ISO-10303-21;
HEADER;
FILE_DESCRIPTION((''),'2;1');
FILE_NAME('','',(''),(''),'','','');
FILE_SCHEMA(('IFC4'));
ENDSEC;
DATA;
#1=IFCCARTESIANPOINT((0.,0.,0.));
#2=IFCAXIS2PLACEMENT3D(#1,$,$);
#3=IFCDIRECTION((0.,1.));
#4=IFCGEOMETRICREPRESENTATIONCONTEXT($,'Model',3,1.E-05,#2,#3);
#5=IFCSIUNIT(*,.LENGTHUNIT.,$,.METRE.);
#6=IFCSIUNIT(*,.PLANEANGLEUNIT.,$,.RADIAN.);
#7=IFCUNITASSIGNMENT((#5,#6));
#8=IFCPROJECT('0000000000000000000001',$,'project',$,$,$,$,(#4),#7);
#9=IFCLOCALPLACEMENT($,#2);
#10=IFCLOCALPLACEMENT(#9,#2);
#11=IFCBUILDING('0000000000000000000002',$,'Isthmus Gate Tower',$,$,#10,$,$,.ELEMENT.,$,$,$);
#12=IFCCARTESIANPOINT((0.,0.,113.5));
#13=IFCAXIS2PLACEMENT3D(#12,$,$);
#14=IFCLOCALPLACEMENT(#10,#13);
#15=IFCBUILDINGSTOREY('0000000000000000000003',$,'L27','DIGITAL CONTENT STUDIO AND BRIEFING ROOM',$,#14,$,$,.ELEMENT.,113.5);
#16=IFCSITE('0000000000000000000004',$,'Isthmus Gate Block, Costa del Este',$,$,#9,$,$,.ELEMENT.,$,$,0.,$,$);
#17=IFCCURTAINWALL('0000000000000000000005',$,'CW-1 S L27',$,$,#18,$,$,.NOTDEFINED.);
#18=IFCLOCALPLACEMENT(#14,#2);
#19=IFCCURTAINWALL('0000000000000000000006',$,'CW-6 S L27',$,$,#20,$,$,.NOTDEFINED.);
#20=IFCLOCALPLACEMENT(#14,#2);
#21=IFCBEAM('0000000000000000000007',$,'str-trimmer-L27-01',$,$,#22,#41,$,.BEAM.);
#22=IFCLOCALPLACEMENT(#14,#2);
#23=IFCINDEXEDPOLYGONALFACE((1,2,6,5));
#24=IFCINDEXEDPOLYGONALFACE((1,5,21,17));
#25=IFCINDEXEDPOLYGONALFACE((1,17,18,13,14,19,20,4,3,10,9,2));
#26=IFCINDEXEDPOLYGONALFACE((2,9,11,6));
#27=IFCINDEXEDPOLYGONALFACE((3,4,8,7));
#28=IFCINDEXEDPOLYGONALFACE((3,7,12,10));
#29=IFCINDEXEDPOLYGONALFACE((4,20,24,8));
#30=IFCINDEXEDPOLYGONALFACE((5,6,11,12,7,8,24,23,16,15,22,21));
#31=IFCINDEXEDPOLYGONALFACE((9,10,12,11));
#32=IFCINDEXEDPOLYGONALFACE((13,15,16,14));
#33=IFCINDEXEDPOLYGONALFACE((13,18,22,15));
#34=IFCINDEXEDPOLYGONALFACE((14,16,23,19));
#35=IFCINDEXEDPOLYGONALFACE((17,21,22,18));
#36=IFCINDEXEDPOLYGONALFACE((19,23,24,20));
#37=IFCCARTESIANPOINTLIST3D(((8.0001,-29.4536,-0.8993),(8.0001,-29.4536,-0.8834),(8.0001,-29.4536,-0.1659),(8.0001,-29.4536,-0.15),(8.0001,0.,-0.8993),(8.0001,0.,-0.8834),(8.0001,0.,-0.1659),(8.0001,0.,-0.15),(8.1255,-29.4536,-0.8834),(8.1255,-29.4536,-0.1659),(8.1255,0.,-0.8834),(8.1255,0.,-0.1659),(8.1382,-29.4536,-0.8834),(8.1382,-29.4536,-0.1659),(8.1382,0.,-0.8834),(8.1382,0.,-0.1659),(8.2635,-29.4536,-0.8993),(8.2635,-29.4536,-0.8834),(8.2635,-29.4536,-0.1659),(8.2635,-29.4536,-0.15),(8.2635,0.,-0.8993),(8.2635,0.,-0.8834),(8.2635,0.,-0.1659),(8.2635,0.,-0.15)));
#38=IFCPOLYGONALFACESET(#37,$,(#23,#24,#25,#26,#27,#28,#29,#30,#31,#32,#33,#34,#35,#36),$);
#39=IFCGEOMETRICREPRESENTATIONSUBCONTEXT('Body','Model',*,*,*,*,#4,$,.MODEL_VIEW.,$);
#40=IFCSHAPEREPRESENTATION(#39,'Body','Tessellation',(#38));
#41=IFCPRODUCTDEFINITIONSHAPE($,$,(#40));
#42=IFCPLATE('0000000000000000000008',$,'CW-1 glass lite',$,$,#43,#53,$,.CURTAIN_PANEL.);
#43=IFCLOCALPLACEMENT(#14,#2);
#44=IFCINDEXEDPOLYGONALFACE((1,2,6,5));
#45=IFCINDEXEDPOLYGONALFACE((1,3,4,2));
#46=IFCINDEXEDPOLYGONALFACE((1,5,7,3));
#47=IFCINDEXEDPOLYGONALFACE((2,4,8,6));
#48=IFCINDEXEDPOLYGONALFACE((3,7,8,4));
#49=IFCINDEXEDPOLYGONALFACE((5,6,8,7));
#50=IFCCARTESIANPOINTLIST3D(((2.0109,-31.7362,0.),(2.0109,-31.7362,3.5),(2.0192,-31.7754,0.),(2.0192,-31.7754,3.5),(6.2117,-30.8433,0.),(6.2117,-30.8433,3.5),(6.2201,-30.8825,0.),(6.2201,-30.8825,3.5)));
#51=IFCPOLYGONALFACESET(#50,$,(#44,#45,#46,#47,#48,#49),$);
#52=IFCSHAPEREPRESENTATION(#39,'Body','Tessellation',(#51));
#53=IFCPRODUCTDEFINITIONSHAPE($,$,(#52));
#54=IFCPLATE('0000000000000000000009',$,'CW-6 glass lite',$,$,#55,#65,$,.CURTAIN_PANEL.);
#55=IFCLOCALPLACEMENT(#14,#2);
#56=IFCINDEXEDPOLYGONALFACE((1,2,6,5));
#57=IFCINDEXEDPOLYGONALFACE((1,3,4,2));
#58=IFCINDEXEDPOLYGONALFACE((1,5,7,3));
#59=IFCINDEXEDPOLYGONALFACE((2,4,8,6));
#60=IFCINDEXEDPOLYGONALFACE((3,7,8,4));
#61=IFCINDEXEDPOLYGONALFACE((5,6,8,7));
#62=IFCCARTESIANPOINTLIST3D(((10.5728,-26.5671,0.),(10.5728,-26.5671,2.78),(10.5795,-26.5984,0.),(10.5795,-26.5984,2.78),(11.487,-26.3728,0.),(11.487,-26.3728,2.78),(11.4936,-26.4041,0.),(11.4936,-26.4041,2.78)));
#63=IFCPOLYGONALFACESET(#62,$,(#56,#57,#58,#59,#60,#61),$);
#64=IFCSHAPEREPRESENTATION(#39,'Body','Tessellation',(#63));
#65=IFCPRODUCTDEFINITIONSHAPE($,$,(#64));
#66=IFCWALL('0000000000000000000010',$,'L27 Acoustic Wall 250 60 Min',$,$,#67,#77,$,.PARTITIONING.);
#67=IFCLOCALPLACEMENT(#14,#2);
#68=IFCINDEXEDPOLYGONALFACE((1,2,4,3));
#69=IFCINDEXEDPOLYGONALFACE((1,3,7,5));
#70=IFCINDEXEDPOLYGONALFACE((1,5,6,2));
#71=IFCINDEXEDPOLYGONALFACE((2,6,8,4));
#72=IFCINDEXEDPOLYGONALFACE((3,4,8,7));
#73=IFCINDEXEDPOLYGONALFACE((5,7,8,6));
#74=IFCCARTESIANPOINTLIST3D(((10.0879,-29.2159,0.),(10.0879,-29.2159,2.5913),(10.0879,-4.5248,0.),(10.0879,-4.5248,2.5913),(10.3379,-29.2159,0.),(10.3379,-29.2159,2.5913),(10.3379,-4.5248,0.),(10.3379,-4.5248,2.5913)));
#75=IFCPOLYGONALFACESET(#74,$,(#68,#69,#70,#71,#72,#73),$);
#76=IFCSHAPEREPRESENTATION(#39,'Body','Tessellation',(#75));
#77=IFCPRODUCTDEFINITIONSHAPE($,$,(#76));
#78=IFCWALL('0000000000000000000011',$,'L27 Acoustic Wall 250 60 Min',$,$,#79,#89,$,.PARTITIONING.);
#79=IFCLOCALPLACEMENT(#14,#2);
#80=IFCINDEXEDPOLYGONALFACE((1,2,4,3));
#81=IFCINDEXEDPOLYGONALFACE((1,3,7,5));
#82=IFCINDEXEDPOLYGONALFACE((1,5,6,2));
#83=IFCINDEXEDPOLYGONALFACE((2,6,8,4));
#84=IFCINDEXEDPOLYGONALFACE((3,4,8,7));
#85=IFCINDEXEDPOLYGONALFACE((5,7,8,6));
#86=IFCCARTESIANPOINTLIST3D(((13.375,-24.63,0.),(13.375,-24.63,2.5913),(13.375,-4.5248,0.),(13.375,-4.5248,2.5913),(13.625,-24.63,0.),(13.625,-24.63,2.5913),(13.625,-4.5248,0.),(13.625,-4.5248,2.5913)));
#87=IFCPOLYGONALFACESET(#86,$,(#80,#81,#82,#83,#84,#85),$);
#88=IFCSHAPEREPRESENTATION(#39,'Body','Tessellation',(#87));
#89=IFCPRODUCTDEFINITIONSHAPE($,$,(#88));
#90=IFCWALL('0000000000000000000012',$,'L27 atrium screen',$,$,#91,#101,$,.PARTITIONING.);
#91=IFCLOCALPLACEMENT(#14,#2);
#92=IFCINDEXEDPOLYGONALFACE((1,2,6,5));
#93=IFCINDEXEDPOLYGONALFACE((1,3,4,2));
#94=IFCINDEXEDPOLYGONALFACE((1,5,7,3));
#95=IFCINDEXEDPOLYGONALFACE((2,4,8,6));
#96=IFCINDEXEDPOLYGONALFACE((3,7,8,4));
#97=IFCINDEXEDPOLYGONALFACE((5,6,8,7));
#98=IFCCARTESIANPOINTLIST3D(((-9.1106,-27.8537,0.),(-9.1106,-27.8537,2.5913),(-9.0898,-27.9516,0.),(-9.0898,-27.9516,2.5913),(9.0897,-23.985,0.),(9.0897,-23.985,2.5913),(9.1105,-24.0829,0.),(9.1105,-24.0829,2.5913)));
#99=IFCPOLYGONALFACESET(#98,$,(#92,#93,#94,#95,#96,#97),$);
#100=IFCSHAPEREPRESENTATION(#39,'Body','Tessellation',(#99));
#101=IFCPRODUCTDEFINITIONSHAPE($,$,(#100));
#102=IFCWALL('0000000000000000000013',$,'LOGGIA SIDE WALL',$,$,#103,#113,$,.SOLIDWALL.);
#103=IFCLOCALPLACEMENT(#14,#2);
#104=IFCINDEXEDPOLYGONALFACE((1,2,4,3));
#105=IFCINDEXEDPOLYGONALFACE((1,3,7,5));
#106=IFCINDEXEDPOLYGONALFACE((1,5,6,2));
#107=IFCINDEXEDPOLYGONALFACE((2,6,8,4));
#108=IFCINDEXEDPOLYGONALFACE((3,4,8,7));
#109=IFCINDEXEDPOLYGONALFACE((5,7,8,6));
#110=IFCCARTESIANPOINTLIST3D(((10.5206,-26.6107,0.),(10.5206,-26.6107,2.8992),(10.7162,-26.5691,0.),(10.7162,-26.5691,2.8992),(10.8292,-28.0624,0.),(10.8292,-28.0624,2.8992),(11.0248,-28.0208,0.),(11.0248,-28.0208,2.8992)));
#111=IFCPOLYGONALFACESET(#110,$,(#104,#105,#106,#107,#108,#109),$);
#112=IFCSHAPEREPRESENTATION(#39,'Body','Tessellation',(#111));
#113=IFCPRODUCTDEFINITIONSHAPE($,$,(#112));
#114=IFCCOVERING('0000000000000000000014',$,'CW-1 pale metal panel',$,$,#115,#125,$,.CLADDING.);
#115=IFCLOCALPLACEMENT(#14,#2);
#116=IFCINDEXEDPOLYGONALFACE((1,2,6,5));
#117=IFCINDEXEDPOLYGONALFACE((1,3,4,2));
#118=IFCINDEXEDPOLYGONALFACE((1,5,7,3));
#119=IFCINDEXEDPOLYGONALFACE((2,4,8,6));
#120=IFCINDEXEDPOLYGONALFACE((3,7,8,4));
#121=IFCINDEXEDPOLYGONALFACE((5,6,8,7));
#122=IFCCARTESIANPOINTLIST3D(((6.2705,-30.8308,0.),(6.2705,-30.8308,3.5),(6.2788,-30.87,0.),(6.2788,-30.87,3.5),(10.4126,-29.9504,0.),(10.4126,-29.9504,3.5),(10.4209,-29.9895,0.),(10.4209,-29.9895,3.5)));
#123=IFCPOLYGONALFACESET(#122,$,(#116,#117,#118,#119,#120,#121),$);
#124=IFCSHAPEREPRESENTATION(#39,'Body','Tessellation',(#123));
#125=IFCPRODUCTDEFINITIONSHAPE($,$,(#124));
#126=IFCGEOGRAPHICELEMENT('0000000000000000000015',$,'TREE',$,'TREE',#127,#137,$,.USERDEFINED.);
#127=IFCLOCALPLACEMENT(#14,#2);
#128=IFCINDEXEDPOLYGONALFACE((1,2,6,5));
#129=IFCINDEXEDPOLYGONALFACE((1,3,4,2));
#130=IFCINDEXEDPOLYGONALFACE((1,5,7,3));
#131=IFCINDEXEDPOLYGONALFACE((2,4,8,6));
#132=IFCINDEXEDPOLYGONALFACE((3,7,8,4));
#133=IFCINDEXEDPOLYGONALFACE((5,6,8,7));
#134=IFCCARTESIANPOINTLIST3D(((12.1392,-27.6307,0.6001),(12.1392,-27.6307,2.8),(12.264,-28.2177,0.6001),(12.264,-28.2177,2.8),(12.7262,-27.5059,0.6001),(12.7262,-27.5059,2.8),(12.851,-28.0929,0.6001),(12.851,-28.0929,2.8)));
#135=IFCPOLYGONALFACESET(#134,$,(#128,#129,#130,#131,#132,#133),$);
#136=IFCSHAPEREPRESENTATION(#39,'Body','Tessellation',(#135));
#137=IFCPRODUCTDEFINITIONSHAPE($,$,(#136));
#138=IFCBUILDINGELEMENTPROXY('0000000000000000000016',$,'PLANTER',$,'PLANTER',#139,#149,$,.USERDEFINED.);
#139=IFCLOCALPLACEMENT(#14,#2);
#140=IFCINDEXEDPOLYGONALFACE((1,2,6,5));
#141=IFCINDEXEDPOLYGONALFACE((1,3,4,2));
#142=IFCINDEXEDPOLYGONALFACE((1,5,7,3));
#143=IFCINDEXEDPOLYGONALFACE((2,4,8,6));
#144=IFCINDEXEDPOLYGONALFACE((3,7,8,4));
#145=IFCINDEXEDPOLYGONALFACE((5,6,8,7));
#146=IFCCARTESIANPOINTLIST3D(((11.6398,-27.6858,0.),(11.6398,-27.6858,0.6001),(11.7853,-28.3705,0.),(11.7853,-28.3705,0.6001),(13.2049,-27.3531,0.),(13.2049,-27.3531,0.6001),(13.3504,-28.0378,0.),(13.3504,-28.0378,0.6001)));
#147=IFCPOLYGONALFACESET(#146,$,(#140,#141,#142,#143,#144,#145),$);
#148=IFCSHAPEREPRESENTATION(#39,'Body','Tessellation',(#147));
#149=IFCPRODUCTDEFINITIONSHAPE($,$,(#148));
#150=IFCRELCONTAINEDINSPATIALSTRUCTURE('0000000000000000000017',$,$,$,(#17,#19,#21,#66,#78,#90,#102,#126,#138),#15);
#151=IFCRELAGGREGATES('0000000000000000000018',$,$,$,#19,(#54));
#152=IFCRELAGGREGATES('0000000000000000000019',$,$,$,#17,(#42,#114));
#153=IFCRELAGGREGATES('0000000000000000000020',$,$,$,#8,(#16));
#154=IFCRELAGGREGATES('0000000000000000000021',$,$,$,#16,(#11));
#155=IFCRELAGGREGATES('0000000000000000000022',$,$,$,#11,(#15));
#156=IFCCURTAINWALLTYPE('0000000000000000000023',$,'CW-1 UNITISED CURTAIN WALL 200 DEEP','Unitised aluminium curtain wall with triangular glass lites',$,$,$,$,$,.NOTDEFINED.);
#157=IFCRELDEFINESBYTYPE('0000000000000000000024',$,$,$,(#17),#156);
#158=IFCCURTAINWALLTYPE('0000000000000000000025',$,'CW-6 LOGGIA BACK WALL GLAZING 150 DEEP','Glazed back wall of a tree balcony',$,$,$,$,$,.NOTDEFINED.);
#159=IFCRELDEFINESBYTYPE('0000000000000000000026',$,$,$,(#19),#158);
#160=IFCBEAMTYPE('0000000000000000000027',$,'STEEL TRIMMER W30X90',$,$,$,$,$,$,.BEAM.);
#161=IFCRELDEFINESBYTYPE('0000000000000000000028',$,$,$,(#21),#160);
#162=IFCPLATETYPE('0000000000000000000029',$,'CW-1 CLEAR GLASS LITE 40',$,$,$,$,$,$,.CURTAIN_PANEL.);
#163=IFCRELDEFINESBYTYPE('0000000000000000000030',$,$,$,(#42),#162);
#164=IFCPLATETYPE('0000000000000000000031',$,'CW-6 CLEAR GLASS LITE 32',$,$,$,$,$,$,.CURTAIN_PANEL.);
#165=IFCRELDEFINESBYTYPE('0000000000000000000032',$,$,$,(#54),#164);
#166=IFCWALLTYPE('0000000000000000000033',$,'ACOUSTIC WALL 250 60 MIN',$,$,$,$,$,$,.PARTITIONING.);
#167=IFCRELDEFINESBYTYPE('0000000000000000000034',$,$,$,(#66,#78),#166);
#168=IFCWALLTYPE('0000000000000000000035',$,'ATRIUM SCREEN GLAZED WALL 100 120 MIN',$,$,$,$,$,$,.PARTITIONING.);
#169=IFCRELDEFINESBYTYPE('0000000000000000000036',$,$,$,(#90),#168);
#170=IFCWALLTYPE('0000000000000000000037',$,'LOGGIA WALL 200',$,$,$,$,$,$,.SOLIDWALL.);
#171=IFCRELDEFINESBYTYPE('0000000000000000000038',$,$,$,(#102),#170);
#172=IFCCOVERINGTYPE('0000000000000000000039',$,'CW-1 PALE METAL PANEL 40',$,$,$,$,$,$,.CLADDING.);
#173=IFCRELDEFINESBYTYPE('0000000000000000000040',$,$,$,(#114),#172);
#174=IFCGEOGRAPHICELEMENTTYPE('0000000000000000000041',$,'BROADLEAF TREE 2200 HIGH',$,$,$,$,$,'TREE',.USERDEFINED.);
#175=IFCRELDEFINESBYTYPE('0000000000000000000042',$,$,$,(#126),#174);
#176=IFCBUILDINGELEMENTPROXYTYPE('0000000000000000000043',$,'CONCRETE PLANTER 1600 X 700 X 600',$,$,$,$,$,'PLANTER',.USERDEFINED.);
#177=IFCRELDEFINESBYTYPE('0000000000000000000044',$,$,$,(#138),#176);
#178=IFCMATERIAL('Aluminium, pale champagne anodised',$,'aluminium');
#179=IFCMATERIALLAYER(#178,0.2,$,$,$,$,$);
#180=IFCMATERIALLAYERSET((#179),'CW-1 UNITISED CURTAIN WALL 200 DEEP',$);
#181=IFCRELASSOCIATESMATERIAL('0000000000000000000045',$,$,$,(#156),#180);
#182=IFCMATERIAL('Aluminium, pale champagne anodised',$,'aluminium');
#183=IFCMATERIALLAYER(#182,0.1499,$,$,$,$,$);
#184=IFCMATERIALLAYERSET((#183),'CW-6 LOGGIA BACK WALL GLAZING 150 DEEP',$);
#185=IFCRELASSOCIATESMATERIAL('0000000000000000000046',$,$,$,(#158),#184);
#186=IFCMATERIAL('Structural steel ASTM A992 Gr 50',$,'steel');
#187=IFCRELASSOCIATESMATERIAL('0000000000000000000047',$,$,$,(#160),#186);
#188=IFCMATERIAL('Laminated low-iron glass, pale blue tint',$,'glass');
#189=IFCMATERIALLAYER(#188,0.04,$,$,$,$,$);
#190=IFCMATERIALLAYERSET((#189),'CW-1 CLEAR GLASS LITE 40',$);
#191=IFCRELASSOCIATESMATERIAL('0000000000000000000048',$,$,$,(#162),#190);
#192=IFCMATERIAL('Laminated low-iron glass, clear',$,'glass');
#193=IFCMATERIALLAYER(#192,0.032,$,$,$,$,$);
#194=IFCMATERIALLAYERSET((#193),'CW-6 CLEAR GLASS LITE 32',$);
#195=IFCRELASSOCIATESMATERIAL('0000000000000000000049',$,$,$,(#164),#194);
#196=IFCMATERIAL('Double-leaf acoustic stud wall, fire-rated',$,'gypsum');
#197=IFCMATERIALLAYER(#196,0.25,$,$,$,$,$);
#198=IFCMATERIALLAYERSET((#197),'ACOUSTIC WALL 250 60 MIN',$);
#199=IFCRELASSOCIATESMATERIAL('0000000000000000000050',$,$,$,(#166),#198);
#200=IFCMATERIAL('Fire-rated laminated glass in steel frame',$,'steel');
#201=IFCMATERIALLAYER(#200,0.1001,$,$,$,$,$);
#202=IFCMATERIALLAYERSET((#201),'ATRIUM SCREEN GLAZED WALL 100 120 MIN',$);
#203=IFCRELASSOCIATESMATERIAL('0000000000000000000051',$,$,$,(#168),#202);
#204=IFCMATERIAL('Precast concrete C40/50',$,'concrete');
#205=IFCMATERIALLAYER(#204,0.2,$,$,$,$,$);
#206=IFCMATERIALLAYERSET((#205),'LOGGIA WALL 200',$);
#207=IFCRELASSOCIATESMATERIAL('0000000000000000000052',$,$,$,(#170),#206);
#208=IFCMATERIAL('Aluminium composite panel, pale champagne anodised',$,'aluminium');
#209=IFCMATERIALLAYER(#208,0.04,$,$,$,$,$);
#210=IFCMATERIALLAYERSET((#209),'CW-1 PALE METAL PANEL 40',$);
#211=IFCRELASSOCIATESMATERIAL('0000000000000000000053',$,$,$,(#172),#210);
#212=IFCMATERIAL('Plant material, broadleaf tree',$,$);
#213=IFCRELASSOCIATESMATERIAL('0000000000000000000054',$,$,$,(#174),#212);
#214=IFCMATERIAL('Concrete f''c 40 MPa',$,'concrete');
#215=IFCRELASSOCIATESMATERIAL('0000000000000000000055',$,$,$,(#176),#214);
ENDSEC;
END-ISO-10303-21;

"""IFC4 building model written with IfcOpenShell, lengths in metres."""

from ifc_helpers import new_model, si_unit, direction, frame, frame_2d, origin, origin_2d, place, context, subcontext, project, spatial, rectangle, i_section, extrude, material, layer, layer_set, material_profile, profile_set, type_object, element, aggregate, save


model = new_model("IFC4")

# Units and contexts
model_context = context("Model", 3, precision=1e-05, world=origin(), true_north=direction((0.0, 1.0)))
body_context = subcontext(model_context, "Body", "Model", "MODEL_VIEW")
ifc_project = project(units=[si_unit("LENGTHUNIT", "METRE"), si_unit("PLANEANGLEUNIT", "RADIAN")], contexts=[model_context])

# Site, building, storey
site_placement = place(None, origin())
site = spatial("IfcSite", under=ifc_project, at=site_placement, Name="Isthmus Gate Block, Costa del Este", CompositionType="ELEMENT", RefElevation=0.0)
building_placement = place(site_placement, origin())
building = spatial("IfcBuilding", under=site, at=building_placement, Name="Isthmus Gate Tower", CompositionType="ELEMENT")
storey_placement = place(building_placement, frame((0.0, 0.0, 113.5)))
storey = spatial("IfcBuildingStorey", under=building, at=storey_placement, Name="L27", Description="DIGITAL CONTENT STUDIO AND BRIEFING ROOM", CompositionType="ELEMENT", Elevation=113.5)

# Curtain walls
ifc_material_1 = material(Name="Aluminium, pale champagne anodised", Category="aluminium")
ifc_layer_1 = layer(ifc_material_1, 0.2)
ifc_layer_set_1 = layer_set([ifc_layer_1], Name="CW-1 UNITISED CURTAIN WALL 200 DEEP")
curtain_wall_type_1 = type_object("IfcCurtainWallType", Name="CW-1 UNITISED CURTAIN WALL 200 DEEP", Description="Unitised aluminium curtain wall with triangular glass lites", PredefinedType="NOTDEFINED", material=ifc_layer_set_1)
curtain_wall_1_placement = place(storey_placement, origin())
curtain_wall_1 = element("IfcCurtainWall", 1, at=curtain_wall_1_placement, inside=storey, type_object=curtain_wall_type_1, Name="CW-1 S L27", PredefinedType="NOTDEFINED")
ifc_material_2 = material(Name="Aluminium, pale champagne anodised", Category="aluminium")
ifc_layer_2 = layer(ifc_material_2, 0.1499)
ifc_layer_set_2 = layer_set([ifc_layer_2], Name="CW-6 LOGGIA BACK WALL GLAZING 150 DEEP")
curtain_wall_type_2 = type_object("IfcCurtainWallType", Name="CW-6 LOGGIA BACK WALL GLAZING 150 DEEP", Description="Glazed back wall of a tree balcony", PredefinedType="NOTDEFINED", material=ifc_layer_set_2)
curtain_wall_2_placement = place(storey_placement, origin())
curtain_wall_2 = element("IfcCurtainWall", 2, at=curtain_wall_2_placement, inside=storey, type_object=curtain_wall_type_2, Name="CW-6 S L27", PredefinedType="NOTDEFINED")

# Beam
ifc_material_3 = material(Name="Structural steel ASTM A992 Gr 50", Category="steel")
ifc_material_profile_1 = material_profile(ifc_material_3, i_section(OverallWidth=0.2634, OverallDepth=0.7493, WebThickness=0.0127, FlangeThickness=0.0159, at=origin_2d()), Name="W30X90")
ifc_profile_set_1 = profile_set([ifc_material_profile_1], Name="Structural steel ASTM A992 Gr 50")
beam_type_1 = type_object("IfcBeamType", Name="STEEL TRIMMER W30X90", PredefinedType="BEAM", material=ifc_profile_set_1)
beam_1_placement = place(storey_placement, frame((8.1318, -29.4536, -0.5247), z_axis=(0.0, 1.0, 0.0), x_axis=(-1.0, 0.0, 0.0)))
element("IfcBeam", 3, at=beam_1_placement, inside=storey, type_object=beam_type_1, Name="str-trimmer-L27-01", PredefinedType="BEAM", context=body_context, shape_type="SweptSolid", body=[
    extrude(i_section(OverallWidth=0.2634, OverallDepth=0.7493, WebThickness=0.0127, FlangeThickness=0.0159, at=origin_2d()), origin(), (0.0, 0.0, 1.0), 29.4536),
])

# Plates
ifc_material_4 = material(Name="Laminated low-iron glass, pale blue tint", Category="glass")
ifc_layer_3 = layer(ifc_material_4, 0.04)
ifc_layer_set_3 = layer_set([ifc_layer_3], Name="CW-1 CLEAR GLASS LITE 40")
plate_type_1 = type_object("IfcPlateType", Name="CW-1 CLEAR GLASS LITE 40", PredefinedType="CURTAIN_PANEL", material=ifc_layer_set_3)
plate_1_placement = place(storey_placement, frame((4.1155, -31.3093, 0.0), z_axis=(0.0, 0.0, 1.0), x_axis=(0.978148, 0.207912, 0.0)))
plate_1 = element("IfcPlate", 4, at=plate_1_placement, type_object=plate_type_1, Name="CW-1 glass lite", PredefinedType="CURTAIN_PANEL", context=body_context, shape_type="SweptSolid", body=[
    extrude(rectangle(XDim=4.2947, YDim=0.04, at=origin_2d()), origin(), (0.0, 0.0, 1.0), 3.5),
])
ifc_material_5 = material(Name="Laminated low-iron glass, clear", Category="glass")
ifc_layer_4 = layer(ifc_material_5, 0.032)
ifc_layer_set_4 = layer_set([ifc_layer_4], Name="CW-6 CLEAR GLASS LITE 32")
plate_type_2 = type_object("IfcPlateType", Name="CW-6 CLEAR GLASS LITE 32", PredefinedType="CURTAIN_PANEL", material=ifc_layer_set_4)
plate_2_placement = place(storey_placement, frame((11.0332, -26.4856, 0.0), z_axis=(0.0, 0.0, 1.0), x_axis=(0.978148, 0.207912, 0.0)))
plate_2 = element("IfcPlate", 5, at=plate_2_placement, type_object=plate_type_2, Name="CW-6 glass lite", PredefinedType="CURTAIN_PANEL", context=body_context, shape_type="SweptSolid", body=[
    extrude(rectangle(XDim=0.9346, YDim=0.032, at=origin_2d()), origin(), (0.0, 0.0, 1.0), 2.78),
])
aggregate(curtain_wall_2, [plate_2])

# Walls
ifc_material_6 = material(Name="Double-leaf acoustic stud wall, fire-rated", Category="gypsum")
ifc_layer_5 = layer(ifc_material_6, 0.25)
ifc_layer_set_5 = layer_set([ifc_layer_5], Name="ACOUSTIC WALL 250 60 MIN")
wall_type_1 = type_object("IfcWallType", Name="ACOUSTIC WALL 250 60 MIN", PredefinedType="PARTITIONING", material=ifc_layer_set_5)
wall_1_placement = place(storey_placement, frame((10.2129, -29.2161, 0.0), z_axis=(0.0, 0.0, 1.0), x_axis=(0.0, 1.0, 0.0)))
element("IfcWall", 6, at=wall_1_placement, inside=storey, type_object=wall_type_1, Name="L27 Acoustic Wall 250 60 Min", PredefinedType="PARTITIONING", context=body_context, shape_type="SweptSolid", body=[
    extrude(rectangle(XDim=24.6912, YDim=0.25, at=frame_2d((12.3457, 0.0))), origin(), (0.0, 0.0, 1.0), 2.5913),
])
wall_2_placement = place(storey_placement, frame((13.5, -24.6301, 0.0), z_axis=(0.0, 0.0, 1.0), x_axis=(0.0, 1.0, 0.0)))
element("IfcWall", 7, at=wall_2_placement, inside=storey, type_object=wall_type_1, Name="L27 Acoustic Wall 250 60 Min", PredefinedType="PARTITIONING", context=body_context, shape_type="SweptSolid", body=[
    extrude(rectangle(XDim=20.1052, YDim=0.25, at=frame_2d((10.0527, 0.0))), origin(), (0.0, 0.0, 1.0), 2.5913),
])
ifc_material_7 = material(Name="Fire-rated laminated glass in steel frame", Category="steel")
ifc_layer_6 = layer(ifc_material_7, 0.1001)
ifc_layer_set_6 = layer_set([ifc_layer_6], Name="ATRIUM SCREEN GLAZED WALL 100 120 MIN")
wall_type_2 = type_object("IfcWallType", Name="ATRIUM SCREEN GLAZED WALL 100 120 MIN", PredefinedType="PARTITIONING", material=ifc_layer_set_6)
wall_3_placement = place(storey_placement, frame((9.1001, -24.0339, 0.0), z_axis=(0.0, 0.0, 1.0), x_axis=(-0.978147, -0.207916, 0.0)))
element("IfcWall", 8, at=wall_3_placement, inside=storey, type_object=wall_type_2, Name="L27 atrium screen", PredefinedType="PARTITIONING", context=body_context, shape_type="SweptSolid", body=[
    extrude(rectangle(XDim=18.6069, YDim=0.1001, at=frame_2d((9.3035, 0.0))), origin(), (0.0, 0.0, 1.0), 2.5913),
])

# Shared definitions
ifc_material_8 = material(Name="Precast concrete C40/50", Category="concrete")
ifc_layer_7 = layer(ifc_material_8, 0.2)
ifc_layer_set_7 = layer_set([ifc_layer_7], Name="LOGGIA WALL 200")
wall_type_3 = type_object("IfcWallType", Name="LOGGIA WALL 200", PredefinedType="SOLIDWALL", material=ifc_layer_set_7)

# Wall
wall_4_placement = place(storey_placement, frame((10.927, -28.0417, 0.0), z_axis=(0.0, 0.0, 1.0), x_axis=(-0.207934, 0.978143, 0.0)))
element("IfcWall", 9, at=wall_4_placement, inside=storey, type_object=wall_type_3, Name="LOGGIA SIDE WALL", PredefinedType="SOLIDWALL", context=body_context, shape_type="SweptSolid", body=[
    extrude(rectangle(XDim=1.4841, YDim=0.2, at=frame_2d((0.7422, 0.0))), origin(), (0.0, 0.0, 1.0), 2.8992),
])

# Covering
ifc_material_9 = material(Name="Aluminium composite panel, pale champagne anodised", Category="aluminium")
ifc_layer_8 = layer(ifc_material_9, 0.04)
ifc_layer_set_8 = layer_set([ifc_layer_8], Name="CW-1 PALE METAL PANEL 40")
covering_type = type_object("IfcCoveringType", Name="CW-1 PALE METAL PANEL 40", PredefinedType="CLADDING", material=ifc_layer_set_8)
covering_placement = place(storey_placement, frame((8.3457, -30.4102, 0.0), z_axis=(0.0, 0.0, 1.0), x_axis=(0.978148, 0.207912, 0.0)))
covering = element("IfcCovering", 10, at=covering_placement, type_object=covering_type, Name="CW-1 pale metal panel", PredefinedType="CLADDING", context=body_context, shape_type="SweptSolid", body=[
    extrude(rectangle(XDim=4.2346, YDim=0.04, at=origin_2d()), origin(), (0.0, 0.0, 1.0), 3.5),
])
aggregate(curtain_wall_1, [plate_1, covering])

# Geographic element
ifc_material_10 = material(Name="Plant material, broadleaf tree")
geographic_element_type = type_object("IfcGeographicElementType", Name="BROADLEAF TREE 2200 HIGH", ElementType="TREE", PredefinedType="USERDEFINED", material=ifc_material_10)
geographic_element_placement = place(storey_placement, frame((12.4951, -27.8618, 0.6001), z_axis=(0.0, 0.0, 1.0), x_axis=(0.978148, 0.207912, 0.0)))
element("IfcGeographicElement", 11, at=geographic_element_placement, inside=storey, type_object=geographic_element_type, Name="TREE", ObjectType="TREE", PredefinedType="USERDEFINED", context=body_context, shape_type="SweptSolid", body=[
    extrude(rectangle(XDim=0.6001, YDim=0.6001, at=origin_2d()), origin(), (0.0, 0.0, 1.0), 2.2),
])

# Building element proxy
ifc_material_11 = material(Name="Concrete f'c 40 MPa", Category="concrete")
building_element_proxy_type = type_object("IfcBuildingElementProxyType", Name="CONCRETE PLANTER 1600 X 700 X 600", ElementType="PLANTER", PredefinedType="USERDEFINED", material=ifc_material_11)
proxy_placement = place(storey_placement, frame((12.4951, -27.8618, 0.0), z_axis=(0.0, 0.0, 1.0), x_axis=(0.978148, 0.207912, 0.0)))
element("IfcBuildingElementProxy", 12, at=proxy_placement, inside=storey, type_object=building_element_proxy_type, Name="PLANTER", ObjectType="PLANTER", PredefinedType="USERDEFINED", context=body_context, shape_type="SweptSolid", body=[
    extrude(rectangle(XDim=1.6001, YDim=0.7, at=origin_2d()), origin(), (0.0, 0.0, 1.0), 0.6001),
])

save(model, "model.ifc")
